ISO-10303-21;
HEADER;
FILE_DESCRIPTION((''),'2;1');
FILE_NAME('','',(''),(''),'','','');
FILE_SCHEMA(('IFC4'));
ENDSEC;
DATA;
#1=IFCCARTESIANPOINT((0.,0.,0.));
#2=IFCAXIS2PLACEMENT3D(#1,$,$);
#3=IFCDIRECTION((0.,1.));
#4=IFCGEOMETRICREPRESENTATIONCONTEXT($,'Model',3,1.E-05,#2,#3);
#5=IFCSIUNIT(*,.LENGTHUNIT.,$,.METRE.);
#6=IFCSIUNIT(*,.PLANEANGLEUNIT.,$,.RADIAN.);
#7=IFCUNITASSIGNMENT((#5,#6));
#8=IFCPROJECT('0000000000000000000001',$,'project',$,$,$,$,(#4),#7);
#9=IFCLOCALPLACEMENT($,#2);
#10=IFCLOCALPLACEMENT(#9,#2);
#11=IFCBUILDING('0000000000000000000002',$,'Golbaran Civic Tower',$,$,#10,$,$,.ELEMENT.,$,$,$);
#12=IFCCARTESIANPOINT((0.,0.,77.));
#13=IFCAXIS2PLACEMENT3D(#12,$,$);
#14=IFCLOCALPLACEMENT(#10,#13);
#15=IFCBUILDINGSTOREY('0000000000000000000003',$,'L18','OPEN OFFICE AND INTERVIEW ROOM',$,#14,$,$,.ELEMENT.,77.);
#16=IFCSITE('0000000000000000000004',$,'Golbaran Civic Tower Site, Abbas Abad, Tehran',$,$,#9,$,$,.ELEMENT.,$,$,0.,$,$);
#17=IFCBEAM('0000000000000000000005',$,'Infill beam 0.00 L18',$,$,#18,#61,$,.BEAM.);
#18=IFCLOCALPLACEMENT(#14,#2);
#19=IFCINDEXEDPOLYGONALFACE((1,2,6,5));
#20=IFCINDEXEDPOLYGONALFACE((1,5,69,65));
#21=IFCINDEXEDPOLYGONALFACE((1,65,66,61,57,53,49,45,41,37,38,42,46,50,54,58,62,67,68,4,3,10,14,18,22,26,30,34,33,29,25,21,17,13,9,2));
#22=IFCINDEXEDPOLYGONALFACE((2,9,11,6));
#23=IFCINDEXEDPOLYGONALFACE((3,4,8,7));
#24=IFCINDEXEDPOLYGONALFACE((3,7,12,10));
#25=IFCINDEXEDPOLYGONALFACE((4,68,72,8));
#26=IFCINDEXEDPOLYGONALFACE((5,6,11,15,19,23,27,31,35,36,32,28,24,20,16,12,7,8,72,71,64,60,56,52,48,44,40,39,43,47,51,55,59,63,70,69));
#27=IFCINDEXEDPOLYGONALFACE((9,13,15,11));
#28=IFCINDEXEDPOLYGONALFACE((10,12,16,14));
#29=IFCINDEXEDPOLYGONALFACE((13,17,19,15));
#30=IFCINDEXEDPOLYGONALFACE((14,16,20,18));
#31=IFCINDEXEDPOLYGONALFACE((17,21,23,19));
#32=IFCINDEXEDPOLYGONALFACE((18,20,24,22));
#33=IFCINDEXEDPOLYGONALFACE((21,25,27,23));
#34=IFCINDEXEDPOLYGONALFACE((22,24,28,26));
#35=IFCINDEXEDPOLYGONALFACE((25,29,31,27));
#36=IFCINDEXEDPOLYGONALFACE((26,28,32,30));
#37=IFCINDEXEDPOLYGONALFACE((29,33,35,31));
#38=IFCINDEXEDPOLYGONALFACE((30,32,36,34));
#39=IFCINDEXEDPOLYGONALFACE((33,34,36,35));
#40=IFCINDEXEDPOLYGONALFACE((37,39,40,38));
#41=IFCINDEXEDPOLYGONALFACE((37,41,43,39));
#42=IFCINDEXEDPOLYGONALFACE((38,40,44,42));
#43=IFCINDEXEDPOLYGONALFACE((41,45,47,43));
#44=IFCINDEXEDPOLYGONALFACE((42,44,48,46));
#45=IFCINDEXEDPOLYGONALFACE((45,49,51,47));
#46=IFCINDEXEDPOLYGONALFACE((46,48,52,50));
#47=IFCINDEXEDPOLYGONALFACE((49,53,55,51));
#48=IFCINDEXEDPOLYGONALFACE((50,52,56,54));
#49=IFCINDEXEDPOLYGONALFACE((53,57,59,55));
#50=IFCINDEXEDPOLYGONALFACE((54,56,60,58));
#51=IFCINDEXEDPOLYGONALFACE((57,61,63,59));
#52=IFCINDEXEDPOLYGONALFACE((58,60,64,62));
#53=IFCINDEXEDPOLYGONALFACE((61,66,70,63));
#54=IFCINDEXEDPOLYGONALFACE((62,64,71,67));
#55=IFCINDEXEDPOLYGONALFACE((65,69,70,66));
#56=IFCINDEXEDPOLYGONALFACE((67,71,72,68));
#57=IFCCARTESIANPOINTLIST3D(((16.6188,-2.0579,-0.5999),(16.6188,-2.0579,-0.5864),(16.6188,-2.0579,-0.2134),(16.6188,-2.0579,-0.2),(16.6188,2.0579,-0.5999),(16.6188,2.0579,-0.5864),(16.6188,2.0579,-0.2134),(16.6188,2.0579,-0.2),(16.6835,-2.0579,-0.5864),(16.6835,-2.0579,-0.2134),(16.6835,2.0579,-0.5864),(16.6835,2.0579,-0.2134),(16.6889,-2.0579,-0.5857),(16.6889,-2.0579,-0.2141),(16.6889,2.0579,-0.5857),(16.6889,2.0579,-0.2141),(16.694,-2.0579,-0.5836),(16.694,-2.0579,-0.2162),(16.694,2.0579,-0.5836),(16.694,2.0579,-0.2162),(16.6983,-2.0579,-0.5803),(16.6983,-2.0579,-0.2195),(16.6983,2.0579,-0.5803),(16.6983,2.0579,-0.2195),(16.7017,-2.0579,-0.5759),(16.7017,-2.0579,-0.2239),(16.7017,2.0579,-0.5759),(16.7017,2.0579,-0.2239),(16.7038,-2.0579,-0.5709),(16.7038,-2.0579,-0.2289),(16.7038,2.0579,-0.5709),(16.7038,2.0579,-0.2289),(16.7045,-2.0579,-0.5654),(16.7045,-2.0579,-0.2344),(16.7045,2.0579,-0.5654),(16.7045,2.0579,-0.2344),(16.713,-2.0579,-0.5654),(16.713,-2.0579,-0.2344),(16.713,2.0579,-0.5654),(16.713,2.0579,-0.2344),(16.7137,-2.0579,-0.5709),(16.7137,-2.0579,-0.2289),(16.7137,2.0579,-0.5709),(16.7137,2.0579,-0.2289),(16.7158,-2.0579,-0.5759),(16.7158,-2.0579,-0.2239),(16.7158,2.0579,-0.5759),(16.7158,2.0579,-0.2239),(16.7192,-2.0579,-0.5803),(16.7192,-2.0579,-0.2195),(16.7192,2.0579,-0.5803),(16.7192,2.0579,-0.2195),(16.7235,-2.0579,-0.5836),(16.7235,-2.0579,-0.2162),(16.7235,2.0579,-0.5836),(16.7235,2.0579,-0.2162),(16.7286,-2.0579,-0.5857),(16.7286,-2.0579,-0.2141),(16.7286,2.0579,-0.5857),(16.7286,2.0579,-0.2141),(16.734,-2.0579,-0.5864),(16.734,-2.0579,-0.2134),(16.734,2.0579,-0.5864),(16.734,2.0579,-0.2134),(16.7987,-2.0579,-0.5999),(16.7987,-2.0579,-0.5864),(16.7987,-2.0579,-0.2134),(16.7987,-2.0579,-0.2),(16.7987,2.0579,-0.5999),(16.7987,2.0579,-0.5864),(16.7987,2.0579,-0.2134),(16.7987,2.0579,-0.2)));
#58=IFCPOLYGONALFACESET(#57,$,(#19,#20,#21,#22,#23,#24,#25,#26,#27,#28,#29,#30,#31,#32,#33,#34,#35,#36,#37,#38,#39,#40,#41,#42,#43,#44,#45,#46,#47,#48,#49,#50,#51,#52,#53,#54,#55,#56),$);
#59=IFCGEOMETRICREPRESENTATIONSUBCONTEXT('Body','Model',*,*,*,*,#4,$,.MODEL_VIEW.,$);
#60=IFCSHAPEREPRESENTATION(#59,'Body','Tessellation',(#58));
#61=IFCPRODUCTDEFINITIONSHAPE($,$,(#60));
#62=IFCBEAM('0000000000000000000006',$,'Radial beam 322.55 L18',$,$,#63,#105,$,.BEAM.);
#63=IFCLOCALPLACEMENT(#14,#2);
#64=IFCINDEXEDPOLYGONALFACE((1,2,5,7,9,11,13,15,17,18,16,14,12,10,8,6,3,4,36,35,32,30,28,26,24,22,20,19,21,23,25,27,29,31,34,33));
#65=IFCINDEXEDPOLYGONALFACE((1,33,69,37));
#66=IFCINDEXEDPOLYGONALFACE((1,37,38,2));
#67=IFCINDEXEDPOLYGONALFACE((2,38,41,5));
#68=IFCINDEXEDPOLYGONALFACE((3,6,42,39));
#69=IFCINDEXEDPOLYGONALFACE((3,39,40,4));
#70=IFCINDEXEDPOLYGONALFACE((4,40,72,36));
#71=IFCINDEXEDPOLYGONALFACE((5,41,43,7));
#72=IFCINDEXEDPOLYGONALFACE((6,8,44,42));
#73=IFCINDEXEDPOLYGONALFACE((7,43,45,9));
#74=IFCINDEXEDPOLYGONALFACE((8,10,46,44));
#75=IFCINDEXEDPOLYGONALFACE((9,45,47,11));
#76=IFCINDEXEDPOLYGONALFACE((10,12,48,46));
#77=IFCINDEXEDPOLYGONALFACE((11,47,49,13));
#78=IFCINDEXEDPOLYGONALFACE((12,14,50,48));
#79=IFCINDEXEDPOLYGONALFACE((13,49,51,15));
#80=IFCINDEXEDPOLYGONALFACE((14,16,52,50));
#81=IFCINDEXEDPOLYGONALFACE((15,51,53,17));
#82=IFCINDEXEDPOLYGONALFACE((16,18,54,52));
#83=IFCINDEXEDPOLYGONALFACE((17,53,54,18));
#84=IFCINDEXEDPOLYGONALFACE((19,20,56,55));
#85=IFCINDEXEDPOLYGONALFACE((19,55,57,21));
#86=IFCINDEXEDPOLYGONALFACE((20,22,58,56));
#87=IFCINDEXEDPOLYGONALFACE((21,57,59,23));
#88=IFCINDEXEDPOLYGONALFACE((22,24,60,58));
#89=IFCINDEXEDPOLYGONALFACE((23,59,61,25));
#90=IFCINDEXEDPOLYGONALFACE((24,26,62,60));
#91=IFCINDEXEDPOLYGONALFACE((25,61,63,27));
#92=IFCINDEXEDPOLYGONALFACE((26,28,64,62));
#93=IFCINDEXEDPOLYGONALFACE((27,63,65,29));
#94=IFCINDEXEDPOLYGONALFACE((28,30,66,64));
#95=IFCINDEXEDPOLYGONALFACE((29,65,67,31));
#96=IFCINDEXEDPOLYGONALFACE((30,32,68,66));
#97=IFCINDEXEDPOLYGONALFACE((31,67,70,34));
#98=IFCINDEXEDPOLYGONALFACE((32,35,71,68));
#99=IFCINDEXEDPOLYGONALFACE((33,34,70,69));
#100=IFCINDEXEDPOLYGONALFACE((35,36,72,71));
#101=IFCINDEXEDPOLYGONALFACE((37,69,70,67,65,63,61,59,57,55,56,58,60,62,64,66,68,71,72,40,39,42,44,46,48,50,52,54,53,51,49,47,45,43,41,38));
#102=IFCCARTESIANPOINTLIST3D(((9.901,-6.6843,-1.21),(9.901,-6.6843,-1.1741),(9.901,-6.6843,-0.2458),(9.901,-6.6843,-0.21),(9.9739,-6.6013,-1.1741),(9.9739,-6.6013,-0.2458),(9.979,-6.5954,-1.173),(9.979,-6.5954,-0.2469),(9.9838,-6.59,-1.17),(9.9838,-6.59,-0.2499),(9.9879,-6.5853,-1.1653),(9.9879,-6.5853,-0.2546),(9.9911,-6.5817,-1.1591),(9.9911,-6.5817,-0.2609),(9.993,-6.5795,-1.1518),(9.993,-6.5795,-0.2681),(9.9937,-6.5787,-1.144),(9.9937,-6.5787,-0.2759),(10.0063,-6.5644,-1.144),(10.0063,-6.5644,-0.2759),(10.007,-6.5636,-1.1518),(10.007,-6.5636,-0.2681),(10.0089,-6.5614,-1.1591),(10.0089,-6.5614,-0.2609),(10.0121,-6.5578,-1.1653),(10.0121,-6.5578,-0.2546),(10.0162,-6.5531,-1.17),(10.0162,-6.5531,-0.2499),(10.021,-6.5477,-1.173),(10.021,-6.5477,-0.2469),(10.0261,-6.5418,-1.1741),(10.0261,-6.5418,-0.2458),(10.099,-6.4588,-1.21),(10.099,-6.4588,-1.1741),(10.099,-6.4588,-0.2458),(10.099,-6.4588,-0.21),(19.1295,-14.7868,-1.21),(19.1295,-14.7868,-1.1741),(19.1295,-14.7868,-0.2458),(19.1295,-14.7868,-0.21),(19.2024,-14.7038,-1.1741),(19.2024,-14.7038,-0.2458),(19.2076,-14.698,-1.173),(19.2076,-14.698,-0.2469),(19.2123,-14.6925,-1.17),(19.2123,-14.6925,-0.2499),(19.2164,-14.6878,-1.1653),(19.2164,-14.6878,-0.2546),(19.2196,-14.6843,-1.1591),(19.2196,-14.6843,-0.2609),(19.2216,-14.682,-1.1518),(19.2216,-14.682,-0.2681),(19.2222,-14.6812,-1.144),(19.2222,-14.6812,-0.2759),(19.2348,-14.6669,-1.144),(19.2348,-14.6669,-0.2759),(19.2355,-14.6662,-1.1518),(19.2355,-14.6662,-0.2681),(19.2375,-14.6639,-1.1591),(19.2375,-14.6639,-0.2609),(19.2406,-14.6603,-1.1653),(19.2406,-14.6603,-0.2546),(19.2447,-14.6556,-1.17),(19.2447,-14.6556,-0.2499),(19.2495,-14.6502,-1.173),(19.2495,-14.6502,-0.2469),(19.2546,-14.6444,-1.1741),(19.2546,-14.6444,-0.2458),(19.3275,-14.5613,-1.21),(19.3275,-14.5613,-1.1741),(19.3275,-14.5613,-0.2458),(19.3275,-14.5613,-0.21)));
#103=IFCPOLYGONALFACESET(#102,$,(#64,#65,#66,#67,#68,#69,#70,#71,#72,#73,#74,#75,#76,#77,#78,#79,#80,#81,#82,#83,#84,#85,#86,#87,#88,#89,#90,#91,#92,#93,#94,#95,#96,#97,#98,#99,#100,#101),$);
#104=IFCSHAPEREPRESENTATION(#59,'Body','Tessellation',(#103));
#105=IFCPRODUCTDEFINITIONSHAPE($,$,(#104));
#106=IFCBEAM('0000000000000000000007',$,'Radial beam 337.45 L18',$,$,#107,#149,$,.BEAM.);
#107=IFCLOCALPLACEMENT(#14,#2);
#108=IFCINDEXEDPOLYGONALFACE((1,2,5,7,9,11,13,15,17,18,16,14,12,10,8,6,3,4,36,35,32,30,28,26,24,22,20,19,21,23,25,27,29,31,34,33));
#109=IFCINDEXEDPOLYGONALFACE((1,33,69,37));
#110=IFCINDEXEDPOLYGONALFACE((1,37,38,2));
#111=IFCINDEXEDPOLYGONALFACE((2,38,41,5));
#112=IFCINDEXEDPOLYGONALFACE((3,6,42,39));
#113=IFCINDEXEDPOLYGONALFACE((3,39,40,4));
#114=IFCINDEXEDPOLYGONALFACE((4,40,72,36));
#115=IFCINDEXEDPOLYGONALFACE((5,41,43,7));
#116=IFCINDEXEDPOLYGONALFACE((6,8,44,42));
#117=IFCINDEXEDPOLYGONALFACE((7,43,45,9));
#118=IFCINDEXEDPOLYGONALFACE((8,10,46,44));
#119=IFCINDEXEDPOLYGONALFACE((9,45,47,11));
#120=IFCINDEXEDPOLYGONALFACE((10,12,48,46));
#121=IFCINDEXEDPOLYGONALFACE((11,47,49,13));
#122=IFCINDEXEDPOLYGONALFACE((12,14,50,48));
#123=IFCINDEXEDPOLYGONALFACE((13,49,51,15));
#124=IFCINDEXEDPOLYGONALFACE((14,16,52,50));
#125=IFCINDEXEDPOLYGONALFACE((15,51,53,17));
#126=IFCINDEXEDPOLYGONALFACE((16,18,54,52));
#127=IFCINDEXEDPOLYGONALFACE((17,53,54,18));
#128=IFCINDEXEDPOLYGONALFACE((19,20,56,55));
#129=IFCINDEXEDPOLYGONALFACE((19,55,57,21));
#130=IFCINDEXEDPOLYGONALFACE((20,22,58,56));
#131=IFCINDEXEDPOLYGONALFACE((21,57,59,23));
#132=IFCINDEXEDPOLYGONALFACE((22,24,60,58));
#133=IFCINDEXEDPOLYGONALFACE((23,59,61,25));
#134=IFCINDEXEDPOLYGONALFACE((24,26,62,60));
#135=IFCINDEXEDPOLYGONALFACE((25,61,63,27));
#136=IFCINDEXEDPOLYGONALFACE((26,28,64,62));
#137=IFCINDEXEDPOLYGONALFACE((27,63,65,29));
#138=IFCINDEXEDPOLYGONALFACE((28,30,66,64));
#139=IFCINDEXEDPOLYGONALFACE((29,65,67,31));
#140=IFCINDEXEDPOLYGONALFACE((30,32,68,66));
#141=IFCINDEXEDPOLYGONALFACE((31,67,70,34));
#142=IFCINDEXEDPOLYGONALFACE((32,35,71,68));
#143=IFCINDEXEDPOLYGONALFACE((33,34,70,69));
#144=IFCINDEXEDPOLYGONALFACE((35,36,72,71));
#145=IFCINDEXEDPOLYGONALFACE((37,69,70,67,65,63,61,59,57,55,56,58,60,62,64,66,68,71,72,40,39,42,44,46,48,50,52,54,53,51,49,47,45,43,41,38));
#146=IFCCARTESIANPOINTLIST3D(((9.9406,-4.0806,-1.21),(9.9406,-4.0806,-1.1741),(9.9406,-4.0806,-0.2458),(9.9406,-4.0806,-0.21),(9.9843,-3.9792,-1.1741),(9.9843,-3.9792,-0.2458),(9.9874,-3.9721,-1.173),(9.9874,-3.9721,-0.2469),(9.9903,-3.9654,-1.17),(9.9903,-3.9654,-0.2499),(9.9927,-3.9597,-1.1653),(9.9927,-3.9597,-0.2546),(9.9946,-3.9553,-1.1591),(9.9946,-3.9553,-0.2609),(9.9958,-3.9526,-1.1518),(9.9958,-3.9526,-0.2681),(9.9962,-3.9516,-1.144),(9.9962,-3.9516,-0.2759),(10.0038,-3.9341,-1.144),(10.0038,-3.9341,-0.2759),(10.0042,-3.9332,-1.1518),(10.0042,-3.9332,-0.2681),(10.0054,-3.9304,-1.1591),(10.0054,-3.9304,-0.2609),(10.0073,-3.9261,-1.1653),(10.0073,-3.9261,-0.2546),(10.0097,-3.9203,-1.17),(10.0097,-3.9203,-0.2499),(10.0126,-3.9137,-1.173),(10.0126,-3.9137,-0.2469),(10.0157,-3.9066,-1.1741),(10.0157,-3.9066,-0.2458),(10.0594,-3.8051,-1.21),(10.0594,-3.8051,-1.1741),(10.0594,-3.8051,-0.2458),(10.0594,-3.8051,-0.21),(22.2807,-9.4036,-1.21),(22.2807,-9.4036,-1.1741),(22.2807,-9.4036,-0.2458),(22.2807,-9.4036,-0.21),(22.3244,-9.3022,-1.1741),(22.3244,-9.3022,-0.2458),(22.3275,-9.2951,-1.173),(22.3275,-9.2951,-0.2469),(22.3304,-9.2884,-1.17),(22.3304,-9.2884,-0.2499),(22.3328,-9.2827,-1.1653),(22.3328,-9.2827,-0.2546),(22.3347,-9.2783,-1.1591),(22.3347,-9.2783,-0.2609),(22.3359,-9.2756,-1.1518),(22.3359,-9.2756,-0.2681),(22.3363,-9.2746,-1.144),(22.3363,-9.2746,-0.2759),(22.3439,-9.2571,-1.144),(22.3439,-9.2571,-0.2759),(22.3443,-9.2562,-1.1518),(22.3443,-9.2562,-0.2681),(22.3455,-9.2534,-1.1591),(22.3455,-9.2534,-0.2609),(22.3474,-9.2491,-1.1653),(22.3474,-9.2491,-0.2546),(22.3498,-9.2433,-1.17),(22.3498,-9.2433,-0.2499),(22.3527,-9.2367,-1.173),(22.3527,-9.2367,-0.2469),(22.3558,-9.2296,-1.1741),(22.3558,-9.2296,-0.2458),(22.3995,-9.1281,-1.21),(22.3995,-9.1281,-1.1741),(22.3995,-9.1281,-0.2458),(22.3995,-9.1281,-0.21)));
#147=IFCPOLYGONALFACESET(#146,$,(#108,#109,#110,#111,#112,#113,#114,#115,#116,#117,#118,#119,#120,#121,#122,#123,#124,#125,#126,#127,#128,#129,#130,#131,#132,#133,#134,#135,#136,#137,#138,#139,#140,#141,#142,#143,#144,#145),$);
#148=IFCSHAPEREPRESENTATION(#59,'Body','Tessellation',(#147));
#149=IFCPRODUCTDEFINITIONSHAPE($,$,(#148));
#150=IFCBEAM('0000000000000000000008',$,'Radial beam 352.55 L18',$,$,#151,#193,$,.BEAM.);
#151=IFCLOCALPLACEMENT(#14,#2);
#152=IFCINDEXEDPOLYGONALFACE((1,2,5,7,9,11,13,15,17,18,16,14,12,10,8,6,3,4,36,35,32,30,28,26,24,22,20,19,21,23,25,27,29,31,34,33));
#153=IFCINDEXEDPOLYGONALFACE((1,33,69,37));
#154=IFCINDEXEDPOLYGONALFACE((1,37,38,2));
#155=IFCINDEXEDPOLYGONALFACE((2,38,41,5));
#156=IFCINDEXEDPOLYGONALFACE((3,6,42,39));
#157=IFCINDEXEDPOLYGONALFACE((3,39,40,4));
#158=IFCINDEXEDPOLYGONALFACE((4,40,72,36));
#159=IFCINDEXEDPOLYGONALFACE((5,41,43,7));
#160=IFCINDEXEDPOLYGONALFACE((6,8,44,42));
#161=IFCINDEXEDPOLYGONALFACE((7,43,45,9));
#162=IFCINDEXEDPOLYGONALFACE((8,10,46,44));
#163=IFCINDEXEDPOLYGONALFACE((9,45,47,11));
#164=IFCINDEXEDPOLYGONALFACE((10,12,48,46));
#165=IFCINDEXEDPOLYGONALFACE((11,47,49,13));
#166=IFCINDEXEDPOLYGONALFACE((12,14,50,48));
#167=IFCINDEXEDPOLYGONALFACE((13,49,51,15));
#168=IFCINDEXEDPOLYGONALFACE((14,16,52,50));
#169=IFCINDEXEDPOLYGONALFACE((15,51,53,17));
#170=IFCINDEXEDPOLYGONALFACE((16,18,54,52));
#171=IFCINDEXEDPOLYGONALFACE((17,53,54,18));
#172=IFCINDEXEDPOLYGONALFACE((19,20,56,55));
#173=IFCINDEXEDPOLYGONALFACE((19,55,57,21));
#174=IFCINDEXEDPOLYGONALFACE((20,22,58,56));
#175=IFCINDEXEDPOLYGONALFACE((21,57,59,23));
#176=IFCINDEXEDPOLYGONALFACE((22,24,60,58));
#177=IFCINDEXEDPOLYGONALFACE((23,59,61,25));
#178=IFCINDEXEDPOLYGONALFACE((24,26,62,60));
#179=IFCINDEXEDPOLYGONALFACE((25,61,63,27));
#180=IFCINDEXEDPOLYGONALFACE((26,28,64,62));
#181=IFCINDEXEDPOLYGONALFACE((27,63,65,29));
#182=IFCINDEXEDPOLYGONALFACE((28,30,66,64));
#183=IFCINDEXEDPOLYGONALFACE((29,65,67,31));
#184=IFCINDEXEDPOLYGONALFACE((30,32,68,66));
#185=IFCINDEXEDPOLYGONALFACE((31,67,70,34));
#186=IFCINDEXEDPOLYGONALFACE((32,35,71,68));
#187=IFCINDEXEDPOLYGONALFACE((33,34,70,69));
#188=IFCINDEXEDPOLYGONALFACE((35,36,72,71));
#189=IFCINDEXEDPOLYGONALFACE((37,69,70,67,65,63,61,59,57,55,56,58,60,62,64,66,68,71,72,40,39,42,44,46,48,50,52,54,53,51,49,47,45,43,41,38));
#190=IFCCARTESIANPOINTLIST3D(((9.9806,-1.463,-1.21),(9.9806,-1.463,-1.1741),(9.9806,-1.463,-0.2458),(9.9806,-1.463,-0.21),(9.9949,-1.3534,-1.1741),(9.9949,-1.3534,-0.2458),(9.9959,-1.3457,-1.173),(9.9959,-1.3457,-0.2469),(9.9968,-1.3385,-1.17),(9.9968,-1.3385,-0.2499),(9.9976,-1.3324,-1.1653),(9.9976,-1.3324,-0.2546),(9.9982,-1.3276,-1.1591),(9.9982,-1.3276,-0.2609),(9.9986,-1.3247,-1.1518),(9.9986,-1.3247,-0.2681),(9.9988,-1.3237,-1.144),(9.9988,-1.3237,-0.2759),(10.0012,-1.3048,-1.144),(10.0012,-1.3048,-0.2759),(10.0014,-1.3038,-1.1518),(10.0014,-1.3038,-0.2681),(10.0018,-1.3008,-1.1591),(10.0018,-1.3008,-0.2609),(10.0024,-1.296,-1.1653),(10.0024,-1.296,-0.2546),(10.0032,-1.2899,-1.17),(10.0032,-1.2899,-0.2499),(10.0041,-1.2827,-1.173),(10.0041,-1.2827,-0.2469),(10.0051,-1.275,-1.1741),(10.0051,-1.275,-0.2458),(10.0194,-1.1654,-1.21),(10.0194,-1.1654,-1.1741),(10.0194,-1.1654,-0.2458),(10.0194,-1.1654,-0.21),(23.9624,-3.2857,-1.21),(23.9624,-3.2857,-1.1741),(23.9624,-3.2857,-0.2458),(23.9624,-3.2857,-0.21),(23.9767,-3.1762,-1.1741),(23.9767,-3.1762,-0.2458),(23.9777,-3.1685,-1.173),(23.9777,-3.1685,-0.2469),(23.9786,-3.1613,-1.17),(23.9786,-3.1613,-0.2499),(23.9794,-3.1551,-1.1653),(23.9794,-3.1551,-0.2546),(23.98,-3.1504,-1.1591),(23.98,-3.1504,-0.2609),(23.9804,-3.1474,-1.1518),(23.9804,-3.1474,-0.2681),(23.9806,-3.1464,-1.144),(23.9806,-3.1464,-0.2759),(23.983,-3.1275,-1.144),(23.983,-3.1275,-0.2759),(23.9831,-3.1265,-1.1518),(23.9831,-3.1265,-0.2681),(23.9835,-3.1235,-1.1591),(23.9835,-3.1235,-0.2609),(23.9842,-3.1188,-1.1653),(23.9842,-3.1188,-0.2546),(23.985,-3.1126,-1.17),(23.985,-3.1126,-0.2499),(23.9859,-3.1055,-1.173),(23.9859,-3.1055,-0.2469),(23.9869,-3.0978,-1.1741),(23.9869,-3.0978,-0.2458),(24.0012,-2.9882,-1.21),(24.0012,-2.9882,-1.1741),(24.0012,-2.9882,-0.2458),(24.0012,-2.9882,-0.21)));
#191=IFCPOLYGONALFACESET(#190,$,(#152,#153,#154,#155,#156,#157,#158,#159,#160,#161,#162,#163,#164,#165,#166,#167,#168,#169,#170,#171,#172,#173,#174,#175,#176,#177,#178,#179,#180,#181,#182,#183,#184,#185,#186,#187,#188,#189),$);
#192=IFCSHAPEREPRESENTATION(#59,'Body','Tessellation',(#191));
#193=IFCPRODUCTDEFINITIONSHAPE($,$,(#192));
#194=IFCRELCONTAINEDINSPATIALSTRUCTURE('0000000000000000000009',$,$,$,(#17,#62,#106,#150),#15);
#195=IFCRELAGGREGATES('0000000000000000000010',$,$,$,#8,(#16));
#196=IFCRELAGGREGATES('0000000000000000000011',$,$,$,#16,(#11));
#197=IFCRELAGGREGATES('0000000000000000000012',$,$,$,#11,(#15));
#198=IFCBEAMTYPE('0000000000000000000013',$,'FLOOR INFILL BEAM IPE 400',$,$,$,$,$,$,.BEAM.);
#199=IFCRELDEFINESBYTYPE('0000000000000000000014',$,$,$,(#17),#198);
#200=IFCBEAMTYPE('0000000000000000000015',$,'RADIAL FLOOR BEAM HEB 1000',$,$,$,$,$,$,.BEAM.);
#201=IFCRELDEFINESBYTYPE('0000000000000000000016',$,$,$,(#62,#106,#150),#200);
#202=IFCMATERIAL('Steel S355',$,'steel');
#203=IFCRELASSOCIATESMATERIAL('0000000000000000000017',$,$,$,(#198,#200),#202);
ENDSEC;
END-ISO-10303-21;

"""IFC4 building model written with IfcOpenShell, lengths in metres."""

from ifc_helpers import new_model, si_unit, direction, frame, origin, origin_2d, place, context, subcontext, project, spatial, i_section, extrude, material, material_profile, profile_set, type_object, element, save


model = new_model("IFC4")

# Units and contexts
model_context = context("Model", 3, precision=1e-05, world=origin(), true_north=direction((0.0, 1.0)))
body_context = subcontext(model_context, "Body", "Model", "MODEL_VIEW")
ifc_project = project(units=[si_unit("LENGTHUNIT", "METRE"), si_unit("PLANEANGLEUNIT", "RADIAN")], contexts=[model_context])

# Site, building, storey
site_placement = place(None, origin())
site = spatial("IfcSite", under=ifc_project, at=site_placement, Name="Golbaran Civic Tower Site, Abbas Abad, Tehran", CompositionType="ELEMENT", RefElevation=0.0)
building_placement = place(site_placement, origin())
building = spatial("IfcBuilding", under=site, at=building_placement, Name="Golbaran Civic Tower", CompositionType="ELEMENT")
storey_placement = place(building_placement, frame((0.0, 0.0, 77.0)))
storey = spatial("IfcBuildingStorey", under=building, at=storey_placement, Name="L18", Description="OPEN OFFICE AND INTERVIEW ROOM", CompositionType="ELEMENT", Elevation=77.0)

# Beams
ifc_material_1 = material(Name="Steel S355", Category="steel")
ifc_material_profile_1 = material_profile(ifc_material_1, i_section(OverallWidth=0.1799, OverallDepth=0.3999, WebThickness=0.0085, FlangeThickness=0.0134, FilletRadius=0.021, at=origin_2d()), Name="IPE 400")
ifc_profile_set_1 = profile_set([ifc_material_profile_1], Name="Steel S355")
beam_type_1 = type_object("IfcBeamType", Name="FLOOR INFILL BEAM IPE 400", PredefinedType="BEAM", material=ifc_profile_set_1)
beam_1_placement = place(storey_placement, frame((16.7087, -2.0579, -0.3999), z_axis=(0.0, 1.0, 0.0), x_axis=(-1.0, 0.0, 0.0)))
element("IfcBeam", 1, at=beam_1_placement, inside=storey, type_object=beam_type_1, Name="Infill beam 0.00 L18", PredefinedType="BEAM", context=body_context, shape_type="SweptSolid", body=[
    extrude(i_section(OverallWidth=0.1799, OverallDepth=0.3999, WebThickness=0.0085, FlangeThickness=0.0134, FilletRadius=0.021, at=origin_2d()), origin(), (0.0, 0.0, 1.0), 4.1157),
])
ifc_material_profile_2 = material_profile(ifc_material_1, i_section(OverallWidth=0.3, OverallDepth=1.0, WebThickness=0.019, FlangeThickness=0.0359, FilletRadius=0.03, at=origin_2d()), Name="HEB 1000")
ifc_profile_set_2 = profile_set([ifc_material_profile_2], Name="Steel S355")
beam_type_2 = type_object("IfcBeamType", Name="RADIAL FLOOR BEAM HEB 1000", PredefinedType="BEAM", material=ifc_profile_set_2)
beam_2_placement = place(storey_placement, frame((10.0, -6.5715, -0.71), z_axis=(0.751462, -0.659776, 0.0), x_axis=(0.659776, 0.751462, 0.0)))
element("IfcBeam", 2, at=beam_2_placement, inside=storey, type_object=beam_type_2, Name="Radial beam 322.55 L18", PredefinedType="BEAM", context=body_context, shape_type="SweptSolid", body=[
    extrude(i_section(OverallWidth=0.3, OverallDepth=1.0, WebThickness=0.019, FlangeThickness=0.0359, FilletRadius=0.03, at=origin_2d()), origin(), (0.0, 0.0, 1.0), 12.2808),
])
beam_3_placement = place(storey_placement, frame((10.0, -3.9429, -0.71), z_axis=(0.918216, -0.39608, 0.0), x_axis=(0.39608, 0.918216, 0.0)))
element("IfcBeam", 3, at=beam_3_placement, inside=storey, type_object=beam_type_2, Name="Radial beam 337.45 L18", PredefinedType="BEAM", context=body_context, shape_type="SweptSolid", body=[
    extrude(i_section(OverallWidth=0.3, OverallDepth=1.0, WebThickness=0.019, FlangeThickness=0.0359, FilletRadius=0.03, at=origin_2d()), origin(), (0.0, 0.0, 1.0), 13.4392),
])
beam_4_placement = place(storey_placement, frame((10.0, -1.3142, -0.71), z_axis=(0.991609, -0.129273, 0.0), x_axis=(0.129273, 0.991609, 0.0)))
element("IfcBeam", 4, at=beam_4_placement, inside=storey, type_object=beam_type_2, Name="Radial beam 352.55 L18", PredefinedType="BEAM", context=body_context, shape_type="SweptSolid", body=[
    extrude(i_section(OverallWidth=0.3, OverallDepth=1.0, WebThickness=0.019, FlangeThickness=0.0359, FilletRadius=0.03, at=origin_2d()), origin(), (0.0, 0.0, 1.0), 14.1001),
])

save(model, "model.ifc")
